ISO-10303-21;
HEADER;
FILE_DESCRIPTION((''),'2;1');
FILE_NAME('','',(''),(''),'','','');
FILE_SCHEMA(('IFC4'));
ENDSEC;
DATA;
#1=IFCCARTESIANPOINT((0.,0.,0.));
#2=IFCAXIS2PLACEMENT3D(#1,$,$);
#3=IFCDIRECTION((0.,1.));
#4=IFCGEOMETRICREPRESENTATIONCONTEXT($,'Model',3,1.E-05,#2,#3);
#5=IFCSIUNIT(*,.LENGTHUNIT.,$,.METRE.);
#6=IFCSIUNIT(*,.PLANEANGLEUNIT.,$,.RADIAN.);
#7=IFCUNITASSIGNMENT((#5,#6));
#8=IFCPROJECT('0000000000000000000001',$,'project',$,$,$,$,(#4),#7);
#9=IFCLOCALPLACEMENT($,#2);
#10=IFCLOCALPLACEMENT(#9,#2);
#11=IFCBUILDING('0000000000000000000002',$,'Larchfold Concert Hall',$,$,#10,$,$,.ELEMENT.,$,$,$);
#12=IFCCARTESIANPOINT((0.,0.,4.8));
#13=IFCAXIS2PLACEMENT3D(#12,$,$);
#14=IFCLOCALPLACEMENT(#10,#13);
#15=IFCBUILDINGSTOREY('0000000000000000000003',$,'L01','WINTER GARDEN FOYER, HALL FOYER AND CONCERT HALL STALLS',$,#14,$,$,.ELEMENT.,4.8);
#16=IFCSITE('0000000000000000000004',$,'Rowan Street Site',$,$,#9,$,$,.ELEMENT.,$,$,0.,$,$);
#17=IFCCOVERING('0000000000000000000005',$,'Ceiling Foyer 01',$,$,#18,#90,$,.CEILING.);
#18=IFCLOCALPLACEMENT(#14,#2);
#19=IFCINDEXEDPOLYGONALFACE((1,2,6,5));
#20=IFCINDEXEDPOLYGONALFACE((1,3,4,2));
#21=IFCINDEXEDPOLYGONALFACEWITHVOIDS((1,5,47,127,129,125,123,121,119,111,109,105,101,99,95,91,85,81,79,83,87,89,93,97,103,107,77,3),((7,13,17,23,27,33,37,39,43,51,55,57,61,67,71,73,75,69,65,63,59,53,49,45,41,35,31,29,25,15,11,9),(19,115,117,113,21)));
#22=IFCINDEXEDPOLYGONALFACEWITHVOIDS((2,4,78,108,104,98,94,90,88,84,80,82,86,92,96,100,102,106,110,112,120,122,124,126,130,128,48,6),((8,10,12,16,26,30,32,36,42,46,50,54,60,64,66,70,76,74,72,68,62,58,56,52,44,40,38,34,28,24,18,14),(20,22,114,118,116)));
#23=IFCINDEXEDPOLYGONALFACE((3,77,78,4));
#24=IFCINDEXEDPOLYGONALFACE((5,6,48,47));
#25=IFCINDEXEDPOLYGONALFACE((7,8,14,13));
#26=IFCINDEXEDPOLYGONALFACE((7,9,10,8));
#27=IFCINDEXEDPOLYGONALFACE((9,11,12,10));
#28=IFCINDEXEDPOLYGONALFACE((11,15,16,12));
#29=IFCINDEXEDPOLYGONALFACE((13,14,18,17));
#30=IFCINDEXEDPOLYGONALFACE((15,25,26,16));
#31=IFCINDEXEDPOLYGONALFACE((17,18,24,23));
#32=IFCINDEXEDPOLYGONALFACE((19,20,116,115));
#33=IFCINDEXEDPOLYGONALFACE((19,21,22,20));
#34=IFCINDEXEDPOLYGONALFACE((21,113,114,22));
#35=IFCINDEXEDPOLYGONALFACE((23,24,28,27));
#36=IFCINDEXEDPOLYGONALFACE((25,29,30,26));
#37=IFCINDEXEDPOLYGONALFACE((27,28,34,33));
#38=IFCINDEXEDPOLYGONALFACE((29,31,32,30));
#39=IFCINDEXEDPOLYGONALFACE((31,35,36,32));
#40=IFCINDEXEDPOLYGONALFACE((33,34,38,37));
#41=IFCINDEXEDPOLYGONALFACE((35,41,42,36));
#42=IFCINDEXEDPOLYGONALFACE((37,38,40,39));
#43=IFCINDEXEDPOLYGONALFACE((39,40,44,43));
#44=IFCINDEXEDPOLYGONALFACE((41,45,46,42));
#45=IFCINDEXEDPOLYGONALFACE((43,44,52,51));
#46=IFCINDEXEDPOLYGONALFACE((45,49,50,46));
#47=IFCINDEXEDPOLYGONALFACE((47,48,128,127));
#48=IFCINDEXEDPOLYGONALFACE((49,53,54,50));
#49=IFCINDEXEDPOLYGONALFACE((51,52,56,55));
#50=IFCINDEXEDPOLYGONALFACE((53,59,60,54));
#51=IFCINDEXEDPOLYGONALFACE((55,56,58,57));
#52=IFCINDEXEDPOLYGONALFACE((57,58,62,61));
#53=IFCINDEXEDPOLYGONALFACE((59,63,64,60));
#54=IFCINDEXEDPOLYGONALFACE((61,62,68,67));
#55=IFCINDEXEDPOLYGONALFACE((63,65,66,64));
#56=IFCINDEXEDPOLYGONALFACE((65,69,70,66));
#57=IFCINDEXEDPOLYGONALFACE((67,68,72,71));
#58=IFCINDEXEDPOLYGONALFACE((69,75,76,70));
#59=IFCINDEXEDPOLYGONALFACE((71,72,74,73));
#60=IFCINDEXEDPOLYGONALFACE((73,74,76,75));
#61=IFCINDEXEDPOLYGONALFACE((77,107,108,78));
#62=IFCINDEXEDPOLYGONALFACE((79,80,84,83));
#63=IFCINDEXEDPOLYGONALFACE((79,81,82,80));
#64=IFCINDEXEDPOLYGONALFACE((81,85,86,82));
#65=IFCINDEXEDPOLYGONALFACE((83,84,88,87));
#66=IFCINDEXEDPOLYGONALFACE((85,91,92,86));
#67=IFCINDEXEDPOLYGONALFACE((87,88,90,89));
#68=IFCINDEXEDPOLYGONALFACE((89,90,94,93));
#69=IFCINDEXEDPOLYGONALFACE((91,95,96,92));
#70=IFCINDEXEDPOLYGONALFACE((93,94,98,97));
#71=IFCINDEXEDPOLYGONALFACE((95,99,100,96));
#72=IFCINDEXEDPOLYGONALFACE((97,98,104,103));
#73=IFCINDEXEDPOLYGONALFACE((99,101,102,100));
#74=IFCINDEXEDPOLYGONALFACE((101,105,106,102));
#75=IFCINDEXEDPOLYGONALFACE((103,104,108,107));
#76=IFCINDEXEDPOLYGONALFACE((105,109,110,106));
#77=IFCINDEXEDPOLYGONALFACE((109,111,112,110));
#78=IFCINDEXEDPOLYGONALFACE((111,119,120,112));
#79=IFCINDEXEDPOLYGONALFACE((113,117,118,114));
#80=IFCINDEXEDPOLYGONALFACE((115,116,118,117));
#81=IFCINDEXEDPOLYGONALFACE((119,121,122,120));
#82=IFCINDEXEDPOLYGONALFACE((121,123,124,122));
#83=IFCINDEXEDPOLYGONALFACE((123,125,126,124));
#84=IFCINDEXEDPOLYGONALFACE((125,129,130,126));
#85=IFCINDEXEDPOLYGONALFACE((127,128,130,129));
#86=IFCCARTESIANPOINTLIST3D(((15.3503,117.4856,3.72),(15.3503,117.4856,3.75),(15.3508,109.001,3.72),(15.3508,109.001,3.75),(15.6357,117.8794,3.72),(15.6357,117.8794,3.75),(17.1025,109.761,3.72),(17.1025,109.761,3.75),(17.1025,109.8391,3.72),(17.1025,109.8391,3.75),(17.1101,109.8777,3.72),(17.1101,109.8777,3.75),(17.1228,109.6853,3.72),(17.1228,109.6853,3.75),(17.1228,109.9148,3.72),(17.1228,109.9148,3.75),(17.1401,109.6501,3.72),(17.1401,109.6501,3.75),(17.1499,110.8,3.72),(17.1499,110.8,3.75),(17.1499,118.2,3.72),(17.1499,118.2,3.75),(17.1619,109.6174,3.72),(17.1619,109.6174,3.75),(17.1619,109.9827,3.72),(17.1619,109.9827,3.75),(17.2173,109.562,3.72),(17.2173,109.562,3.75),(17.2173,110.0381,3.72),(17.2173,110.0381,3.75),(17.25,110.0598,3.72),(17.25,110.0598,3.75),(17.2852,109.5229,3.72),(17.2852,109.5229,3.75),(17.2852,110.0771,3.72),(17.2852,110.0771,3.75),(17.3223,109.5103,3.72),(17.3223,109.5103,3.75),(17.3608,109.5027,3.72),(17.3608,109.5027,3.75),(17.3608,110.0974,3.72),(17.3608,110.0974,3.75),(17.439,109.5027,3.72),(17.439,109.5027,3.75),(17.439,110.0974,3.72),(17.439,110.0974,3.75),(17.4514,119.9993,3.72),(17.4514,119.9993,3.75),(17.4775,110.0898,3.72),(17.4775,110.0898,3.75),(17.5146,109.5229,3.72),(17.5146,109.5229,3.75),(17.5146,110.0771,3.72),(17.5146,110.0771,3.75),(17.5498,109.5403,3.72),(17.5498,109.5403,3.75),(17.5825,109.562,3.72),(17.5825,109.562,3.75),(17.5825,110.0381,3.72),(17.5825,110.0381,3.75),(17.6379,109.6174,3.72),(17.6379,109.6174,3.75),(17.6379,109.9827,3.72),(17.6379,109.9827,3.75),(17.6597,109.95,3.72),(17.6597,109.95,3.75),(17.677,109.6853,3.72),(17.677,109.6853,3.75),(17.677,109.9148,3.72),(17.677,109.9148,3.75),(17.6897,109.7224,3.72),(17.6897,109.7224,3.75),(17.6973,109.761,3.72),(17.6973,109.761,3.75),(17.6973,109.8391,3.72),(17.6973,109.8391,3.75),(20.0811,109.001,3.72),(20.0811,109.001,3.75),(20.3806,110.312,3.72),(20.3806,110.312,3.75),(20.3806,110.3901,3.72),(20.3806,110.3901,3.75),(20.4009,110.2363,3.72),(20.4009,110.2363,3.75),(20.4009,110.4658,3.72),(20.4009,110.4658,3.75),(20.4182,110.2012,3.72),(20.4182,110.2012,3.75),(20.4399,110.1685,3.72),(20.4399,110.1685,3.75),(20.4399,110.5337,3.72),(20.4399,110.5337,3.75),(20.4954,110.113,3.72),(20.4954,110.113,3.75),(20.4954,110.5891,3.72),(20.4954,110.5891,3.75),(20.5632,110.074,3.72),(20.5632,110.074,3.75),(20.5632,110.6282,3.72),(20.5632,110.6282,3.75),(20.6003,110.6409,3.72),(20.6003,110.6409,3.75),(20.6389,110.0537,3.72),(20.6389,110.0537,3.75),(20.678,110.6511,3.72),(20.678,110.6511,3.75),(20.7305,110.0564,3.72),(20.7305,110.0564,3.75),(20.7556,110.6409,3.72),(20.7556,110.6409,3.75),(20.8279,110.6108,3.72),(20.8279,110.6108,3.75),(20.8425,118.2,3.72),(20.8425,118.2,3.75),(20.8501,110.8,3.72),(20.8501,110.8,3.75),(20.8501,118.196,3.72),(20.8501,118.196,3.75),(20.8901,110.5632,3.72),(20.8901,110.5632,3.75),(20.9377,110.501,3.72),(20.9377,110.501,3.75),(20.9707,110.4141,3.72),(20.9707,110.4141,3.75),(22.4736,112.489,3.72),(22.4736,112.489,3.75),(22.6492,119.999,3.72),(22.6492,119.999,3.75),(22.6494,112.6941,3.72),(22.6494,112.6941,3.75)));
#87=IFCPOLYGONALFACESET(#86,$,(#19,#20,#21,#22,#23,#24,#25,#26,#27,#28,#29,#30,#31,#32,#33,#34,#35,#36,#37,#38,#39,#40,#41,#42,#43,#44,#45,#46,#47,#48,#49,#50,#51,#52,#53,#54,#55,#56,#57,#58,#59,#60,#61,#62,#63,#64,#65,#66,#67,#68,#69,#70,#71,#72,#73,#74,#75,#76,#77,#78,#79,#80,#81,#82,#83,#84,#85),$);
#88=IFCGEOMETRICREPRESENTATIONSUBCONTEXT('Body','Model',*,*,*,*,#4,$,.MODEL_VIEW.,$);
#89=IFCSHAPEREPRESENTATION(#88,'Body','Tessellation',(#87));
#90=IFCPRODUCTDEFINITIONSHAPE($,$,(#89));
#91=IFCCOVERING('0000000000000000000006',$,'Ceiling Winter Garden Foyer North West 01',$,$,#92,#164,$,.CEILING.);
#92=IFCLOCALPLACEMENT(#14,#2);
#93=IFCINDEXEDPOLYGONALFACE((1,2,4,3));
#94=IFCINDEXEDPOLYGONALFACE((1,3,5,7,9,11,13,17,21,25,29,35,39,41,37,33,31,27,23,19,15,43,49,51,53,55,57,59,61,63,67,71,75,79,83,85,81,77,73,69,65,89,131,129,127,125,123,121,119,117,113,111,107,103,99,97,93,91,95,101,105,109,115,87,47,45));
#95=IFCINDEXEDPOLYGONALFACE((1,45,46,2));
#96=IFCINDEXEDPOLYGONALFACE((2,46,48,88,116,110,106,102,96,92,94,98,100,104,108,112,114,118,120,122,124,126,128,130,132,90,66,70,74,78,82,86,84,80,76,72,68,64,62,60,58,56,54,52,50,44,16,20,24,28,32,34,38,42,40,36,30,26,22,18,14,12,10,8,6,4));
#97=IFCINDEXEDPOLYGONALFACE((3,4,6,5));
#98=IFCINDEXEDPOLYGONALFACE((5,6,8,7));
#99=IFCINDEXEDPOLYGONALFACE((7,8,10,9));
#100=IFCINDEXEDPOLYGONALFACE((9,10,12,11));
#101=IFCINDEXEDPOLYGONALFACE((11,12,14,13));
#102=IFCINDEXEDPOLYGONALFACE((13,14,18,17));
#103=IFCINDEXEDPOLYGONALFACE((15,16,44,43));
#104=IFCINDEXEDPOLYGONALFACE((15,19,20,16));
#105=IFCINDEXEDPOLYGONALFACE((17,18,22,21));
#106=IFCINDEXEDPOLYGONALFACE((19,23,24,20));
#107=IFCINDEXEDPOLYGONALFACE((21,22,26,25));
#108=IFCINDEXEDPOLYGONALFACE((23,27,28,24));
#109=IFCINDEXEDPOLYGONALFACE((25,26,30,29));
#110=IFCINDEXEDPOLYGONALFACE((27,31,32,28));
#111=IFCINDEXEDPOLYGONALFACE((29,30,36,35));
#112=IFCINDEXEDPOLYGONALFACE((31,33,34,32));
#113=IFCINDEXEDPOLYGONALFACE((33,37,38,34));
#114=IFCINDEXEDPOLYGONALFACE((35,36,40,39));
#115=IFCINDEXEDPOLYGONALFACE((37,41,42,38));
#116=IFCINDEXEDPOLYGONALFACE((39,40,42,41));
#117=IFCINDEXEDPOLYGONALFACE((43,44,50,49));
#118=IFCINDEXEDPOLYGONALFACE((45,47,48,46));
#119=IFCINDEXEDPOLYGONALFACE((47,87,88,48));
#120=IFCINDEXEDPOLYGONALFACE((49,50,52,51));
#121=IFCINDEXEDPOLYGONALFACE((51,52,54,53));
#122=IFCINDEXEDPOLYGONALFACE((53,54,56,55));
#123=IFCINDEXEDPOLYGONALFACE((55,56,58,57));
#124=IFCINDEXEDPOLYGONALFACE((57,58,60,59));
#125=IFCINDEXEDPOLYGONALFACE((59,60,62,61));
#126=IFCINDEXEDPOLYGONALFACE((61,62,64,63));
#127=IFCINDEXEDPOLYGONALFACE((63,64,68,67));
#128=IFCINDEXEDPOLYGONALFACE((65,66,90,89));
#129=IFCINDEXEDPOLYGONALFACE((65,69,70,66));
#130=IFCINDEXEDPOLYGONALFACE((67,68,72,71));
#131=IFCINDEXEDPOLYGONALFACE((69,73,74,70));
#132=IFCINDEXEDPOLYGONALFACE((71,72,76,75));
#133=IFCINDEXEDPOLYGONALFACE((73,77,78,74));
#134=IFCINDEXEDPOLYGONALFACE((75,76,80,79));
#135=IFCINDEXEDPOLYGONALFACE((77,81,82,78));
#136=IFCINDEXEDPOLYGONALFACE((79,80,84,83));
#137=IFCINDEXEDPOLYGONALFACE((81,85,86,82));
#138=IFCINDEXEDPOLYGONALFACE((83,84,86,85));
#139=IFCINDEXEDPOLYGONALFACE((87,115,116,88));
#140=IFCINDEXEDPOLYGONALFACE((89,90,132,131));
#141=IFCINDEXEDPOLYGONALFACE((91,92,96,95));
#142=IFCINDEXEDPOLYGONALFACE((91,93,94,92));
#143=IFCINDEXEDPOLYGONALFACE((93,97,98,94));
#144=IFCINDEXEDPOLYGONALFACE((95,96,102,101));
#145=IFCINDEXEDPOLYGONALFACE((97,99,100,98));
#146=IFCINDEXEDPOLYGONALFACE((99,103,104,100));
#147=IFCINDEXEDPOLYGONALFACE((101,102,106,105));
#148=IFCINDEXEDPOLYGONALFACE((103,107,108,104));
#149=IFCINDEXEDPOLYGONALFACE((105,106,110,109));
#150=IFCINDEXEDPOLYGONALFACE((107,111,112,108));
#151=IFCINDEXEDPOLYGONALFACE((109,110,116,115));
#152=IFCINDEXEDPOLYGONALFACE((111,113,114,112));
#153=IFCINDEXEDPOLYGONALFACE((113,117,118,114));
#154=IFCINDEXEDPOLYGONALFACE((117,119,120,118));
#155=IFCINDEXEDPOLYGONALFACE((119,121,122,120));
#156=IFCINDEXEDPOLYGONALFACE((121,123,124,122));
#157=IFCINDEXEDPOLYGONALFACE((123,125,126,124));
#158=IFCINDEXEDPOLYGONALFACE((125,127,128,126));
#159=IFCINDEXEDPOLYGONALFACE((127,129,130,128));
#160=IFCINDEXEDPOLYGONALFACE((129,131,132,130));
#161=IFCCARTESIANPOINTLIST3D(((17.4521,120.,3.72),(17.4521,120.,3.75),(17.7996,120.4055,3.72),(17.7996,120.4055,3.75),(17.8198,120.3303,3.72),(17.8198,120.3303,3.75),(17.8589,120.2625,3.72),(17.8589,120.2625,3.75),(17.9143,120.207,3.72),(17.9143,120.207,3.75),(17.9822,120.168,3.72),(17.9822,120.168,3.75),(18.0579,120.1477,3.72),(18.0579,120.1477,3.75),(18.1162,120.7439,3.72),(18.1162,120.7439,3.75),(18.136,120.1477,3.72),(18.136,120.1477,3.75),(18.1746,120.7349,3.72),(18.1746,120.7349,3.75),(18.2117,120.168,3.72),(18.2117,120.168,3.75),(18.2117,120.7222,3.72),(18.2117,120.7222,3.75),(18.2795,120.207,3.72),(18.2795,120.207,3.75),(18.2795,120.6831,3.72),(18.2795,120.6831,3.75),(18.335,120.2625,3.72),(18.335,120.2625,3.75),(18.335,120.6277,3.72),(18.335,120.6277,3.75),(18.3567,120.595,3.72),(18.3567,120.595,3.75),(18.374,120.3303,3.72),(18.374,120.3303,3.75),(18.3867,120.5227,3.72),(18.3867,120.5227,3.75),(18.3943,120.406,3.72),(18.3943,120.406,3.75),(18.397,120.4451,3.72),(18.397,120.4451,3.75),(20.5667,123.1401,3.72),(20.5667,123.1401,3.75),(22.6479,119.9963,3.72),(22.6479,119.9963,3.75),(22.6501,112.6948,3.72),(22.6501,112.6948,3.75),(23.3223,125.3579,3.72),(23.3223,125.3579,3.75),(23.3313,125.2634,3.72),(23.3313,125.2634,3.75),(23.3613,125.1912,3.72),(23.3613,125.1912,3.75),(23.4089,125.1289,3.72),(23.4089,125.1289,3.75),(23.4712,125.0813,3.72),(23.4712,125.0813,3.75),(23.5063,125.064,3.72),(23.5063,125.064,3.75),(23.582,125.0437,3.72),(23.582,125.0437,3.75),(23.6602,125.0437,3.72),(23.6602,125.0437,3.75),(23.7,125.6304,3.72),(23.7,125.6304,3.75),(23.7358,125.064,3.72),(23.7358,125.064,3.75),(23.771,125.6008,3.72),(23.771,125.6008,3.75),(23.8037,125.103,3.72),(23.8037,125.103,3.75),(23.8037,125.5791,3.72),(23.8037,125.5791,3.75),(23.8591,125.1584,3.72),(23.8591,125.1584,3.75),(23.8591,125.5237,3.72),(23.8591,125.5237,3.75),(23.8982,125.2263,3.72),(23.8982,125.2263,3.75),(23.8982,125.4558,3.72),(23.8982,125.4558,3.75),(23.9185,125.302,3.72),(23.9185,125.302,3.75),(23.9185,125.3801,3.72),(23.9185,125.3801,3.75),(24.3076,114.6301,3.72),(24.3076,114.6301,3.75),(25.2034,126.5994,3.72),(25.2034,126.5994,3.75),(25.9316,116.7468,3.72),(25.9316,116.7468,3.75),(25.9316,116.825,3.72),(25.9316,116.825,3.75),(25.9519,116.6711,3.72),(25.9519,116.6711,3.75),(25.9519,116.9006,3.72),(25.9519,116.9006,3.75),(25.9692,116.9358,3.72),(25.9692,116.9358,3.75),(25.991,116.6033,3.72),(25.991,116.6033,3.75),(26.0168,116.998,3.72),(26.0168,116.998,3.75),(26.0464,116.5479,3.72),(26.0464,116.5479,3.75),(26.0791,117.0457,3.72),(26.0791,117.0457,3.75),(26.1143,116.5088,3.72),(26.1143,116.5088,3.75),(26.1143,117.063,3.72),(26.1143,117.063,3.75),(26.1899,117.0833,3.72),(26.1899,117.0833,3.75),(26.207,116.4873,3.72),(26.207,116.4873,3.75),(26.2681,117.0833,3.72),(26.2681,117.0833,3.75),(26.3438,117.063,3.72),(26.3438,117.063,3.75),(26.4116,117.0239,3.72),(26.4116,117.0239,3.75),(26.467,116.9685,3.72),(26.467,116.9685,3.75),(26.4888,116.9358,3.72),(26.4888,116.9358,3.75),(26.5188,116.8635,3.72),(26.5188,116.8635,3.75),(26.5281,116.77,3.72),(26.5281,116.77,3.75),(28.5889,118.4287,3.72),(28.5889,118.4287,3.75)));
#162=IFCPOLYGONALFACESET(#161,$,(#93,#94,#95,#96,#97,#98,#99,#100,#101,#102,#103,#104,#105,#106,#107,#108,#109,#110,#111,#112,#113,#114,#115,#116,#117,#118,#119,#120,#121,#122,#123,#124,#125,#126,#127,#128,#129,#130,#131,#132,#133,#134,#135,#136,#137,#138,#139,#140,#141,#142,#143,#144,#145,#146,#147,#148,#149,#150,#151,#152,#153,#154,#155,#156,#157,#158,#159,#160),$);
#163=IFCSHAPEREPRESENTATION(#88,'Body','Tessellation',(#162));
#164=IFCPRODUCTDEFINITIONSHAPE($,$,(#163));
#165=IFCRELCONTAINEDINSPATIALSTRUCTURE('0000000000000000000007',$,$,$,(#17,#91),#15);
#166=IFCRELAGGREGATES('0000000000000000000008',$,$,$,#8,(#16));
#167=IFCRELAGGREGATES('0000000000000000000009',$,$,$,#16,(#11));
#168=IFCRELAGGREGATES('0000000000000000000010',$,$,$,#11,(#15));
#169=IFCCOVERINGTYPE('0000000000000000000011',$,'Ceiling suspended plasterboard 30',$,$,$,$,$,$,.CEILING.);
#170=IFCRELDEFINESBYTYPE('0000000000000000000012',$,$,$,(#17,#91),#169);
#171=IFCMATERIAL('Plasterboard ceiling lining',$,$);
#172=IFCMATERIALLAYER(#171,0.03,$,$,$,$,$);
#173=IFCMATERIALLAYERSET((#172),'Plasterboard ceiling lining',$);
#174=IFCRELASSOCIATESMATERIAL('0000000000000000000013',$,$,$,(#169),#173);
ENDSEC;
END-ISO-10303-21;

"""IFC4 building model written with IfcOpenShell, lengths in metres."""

from ifc_helpers import new_model, si_unit, direction, frame, origin, place, context, subcontext, project, spatial, polyline, outline, extrude, material, layer, layer_set, type_object, element, save


model = new_model("IFC4")

# Units and contexts
model_context = context("Model", 3, precision=1e-05, world=origin(), true_north=direction((0.0, 1.0)))
body_context = subcontext(model_context, "Body", "Model", "MODEL_VIEW")
ifc_project = project(units=[si_unit("LENGTHUNIT", "METRE"), si_unit("PLANEANGLEUNIT", "RADIAN")], contexts=[model_context])

# Site, building, storey
site_placement = place(None, origin())
site = spatial("IfcSite", under=ifc_project, at=site_placement, Name="Rowan Street Site", CompositionType="ELEMENT", RefElevation=0.0)
building_placement = place(site_placement, origin())
building = spatial("IfcBuilding", under=site, at=building_placement, Name="Larchfold Concert Hall", CompositionType="ELEMENT")
storey_placement = place(building_placement, frame((0.0, 0.0, 4.8)))
storey = spatial("IfcBuildingStorey", under=building, at=storey_placement, Name="L01", Description="WINTER GARDEN FOYER, HALL FOYER AND CONCERT HALL STALLS", CompositionType="ELEMENT", Elevation=4.8)

# Coverings
ifc_material_1 = material(Name="Plasterboard ceiling lining")
ifc_layer_1 = layer(ifc_material_1, 0.03)
ifc_layer_set_1 = layer_set([ifc_layer_1], Name="Plasterboard ceiling lining")
covering_type_1 = type_object("IfcCoveringType", Name="Ceiling suspended plasterboard 30", PredefinedType="CEILING", material=ifc_layer_set_1)
covering_1_placement = place(storey_placement, frame((0.0, 0.0, 3.72)))
element("IfcCovering", 1, at=covering_1_placement, inside=storey, type_object=covering_type_1, Name="Ceiling Foyer 01", PredefinedType="CEILING", context=body_context, shape_type="SweptSolid", body=[
    extrude(outline(polyline([(20.0811, 109.001), (20.7305, 110.0564), (20.6389, 110.0537), (20.5632, 110.074), (20.4954, 110.113), (20.4399, 110.1685), (20.4182, 110.2012), (20.4009, 110.2363), (20.3806, 110.312), (20.3806, 110.3901), (20.4009, 110.4658), (20.4399, 110.5337), (20.4954, 110.5891), (20.5632, 110.6282), (20.6003, 110.6409), (20.678, 110.6511), (20.7556, 110.6409), (20.8279, 110.6108), (20.8901, 110.5632), (20.9377, 110.501), (20.9707, 110.4141), (22.4736, 112.489), (22.6494, 112.6941), (22.6492, 119.999), (17.4514, 119.9993), (15.6357, 117.8794), (15.3503, 117.4856), (15.3508, 109.001), (20.0811, 109.001)]), holes=[polyline([(17.1499, 110.8), (17.1499, 118.2), (20.8425, 118.2), (20.8501, 118.196), (20.8501, 110.8), (17.1499, 110.8)]), polyline([(17.2173, 109.562), (17.1619, 109.6174), (17.1401, 109.6501), (17.1228, 109.6853), (17.1025, 109.761), (17.1025, 109.8391), (17.1101, 109.8777), (17.1228, 109.9148), (17.1619, 109.9827), (17.2173, 110.0381), (17.25, 110.0598), (17.2852, 110.0771), (17.3608, 110.0974), (17.439, 110.0974), (17.4775, 110.0898), (17.5146, 110.0771), (17.5825, 110.0381), (17.6379, 109.9827), (17.6597, 109.95), (17.677, 109.9148), (17.6973, 109.8391), (17.6973, 109.761), (17.6897, 109.7224), (17.677, 109.6853), (17.6379, 109.6174), (17.5825, 109.562), (17.5498, 109.5403), (17.5146, 109.5229), (17.439, 109.5027), (17.3608, 109.5027), (17.3223, 109.5103), (17.2852, 109.5229), (17.2173, 109.562)])]), origin(), (0.0, 0.0, 1.0), 0.03),
])
covering_2_placement = place(storey_placement, frame((0.0, 0.0, 3.72)))
element("IfcCovering", 2, at=covering_2_placement, inside=storey, type_object=covering_type_1, Name="Ceiling Winter Garden Foyer North West 01", PredefinedType="CEILING", context=body_context, shape_type="SweptSolid", body=[
    extrude(outline(polyline([(17.7996, 120.4055), (17.4521, 120.0), (22.6479, 119.9963), (22.6501, 112.6948), (24.3076, 114.6301), (26.207, 116.4873), (26.1143, 116.5088), (26.0464, 116.5479), (25.991, 116.6033), (25.9519, 116.6711), (25.9316, 116.7468), (25.9316, 116.825), (25.9519, 116.9006), (25.9692, 116.9358), (26.0168, 116.998), (26.0791, 117.0457), (26.1143, 117.063), (26.1899, 117.0833), (26.2681, 117.0833), (26.3438, 117.063), (26.4116, 117.0239), (26.467, 116.9685), (26.4888, 116.9358), (26.5188, 116.8635), (26.5281, 116.77), (28.5889, 118.4287), (25.2034, 126.5994), (23.7, 125.6304), (23.771, 125.6008), (23.8037, 125.5791), (23.8591, 125.5237), (23.8982, 125.4558), (23.9185, 125.3801), (23.9185, 125.302), (23.8982, 125.2263), (23.8591, 125.1584), (23.8037, 125.103), (23.7358, 125.064), (23.6602, 125.0437), (23.582, 125.0437), (23.5063, 125.064), (23.4712, 125.0813), (23.4089, 125.1289), (23.3613, 125.1912), (23.3313, 125.2634), (23.3223, 125.3579), (20.5667, 123.1401), (18.1162, 120.7439), (18.1746, 120.7349), (18.2117, 120.7222), (18.2795, 120.6831), (18.335, 120.6277), (18.3567, 120.595), (18.3867, 120.5227), (18.397, 120.4451), (18.3943, 120.406), (18.374, 120.3303), (18.335, 120.2625), (18.2795, 120.207), (18.2117, 120.168), (18.136, 120.1477), (18.0579, 120.1477), (17.9822, 120.168), (17.9143, 120.207), (17.8589, 120.2625), (17.8198, 120.3303), (17.7996, 120.4055)])), origin(), (0.0, 0.0, 1.0), 0.03),
])

save(model, "model.ifc")
